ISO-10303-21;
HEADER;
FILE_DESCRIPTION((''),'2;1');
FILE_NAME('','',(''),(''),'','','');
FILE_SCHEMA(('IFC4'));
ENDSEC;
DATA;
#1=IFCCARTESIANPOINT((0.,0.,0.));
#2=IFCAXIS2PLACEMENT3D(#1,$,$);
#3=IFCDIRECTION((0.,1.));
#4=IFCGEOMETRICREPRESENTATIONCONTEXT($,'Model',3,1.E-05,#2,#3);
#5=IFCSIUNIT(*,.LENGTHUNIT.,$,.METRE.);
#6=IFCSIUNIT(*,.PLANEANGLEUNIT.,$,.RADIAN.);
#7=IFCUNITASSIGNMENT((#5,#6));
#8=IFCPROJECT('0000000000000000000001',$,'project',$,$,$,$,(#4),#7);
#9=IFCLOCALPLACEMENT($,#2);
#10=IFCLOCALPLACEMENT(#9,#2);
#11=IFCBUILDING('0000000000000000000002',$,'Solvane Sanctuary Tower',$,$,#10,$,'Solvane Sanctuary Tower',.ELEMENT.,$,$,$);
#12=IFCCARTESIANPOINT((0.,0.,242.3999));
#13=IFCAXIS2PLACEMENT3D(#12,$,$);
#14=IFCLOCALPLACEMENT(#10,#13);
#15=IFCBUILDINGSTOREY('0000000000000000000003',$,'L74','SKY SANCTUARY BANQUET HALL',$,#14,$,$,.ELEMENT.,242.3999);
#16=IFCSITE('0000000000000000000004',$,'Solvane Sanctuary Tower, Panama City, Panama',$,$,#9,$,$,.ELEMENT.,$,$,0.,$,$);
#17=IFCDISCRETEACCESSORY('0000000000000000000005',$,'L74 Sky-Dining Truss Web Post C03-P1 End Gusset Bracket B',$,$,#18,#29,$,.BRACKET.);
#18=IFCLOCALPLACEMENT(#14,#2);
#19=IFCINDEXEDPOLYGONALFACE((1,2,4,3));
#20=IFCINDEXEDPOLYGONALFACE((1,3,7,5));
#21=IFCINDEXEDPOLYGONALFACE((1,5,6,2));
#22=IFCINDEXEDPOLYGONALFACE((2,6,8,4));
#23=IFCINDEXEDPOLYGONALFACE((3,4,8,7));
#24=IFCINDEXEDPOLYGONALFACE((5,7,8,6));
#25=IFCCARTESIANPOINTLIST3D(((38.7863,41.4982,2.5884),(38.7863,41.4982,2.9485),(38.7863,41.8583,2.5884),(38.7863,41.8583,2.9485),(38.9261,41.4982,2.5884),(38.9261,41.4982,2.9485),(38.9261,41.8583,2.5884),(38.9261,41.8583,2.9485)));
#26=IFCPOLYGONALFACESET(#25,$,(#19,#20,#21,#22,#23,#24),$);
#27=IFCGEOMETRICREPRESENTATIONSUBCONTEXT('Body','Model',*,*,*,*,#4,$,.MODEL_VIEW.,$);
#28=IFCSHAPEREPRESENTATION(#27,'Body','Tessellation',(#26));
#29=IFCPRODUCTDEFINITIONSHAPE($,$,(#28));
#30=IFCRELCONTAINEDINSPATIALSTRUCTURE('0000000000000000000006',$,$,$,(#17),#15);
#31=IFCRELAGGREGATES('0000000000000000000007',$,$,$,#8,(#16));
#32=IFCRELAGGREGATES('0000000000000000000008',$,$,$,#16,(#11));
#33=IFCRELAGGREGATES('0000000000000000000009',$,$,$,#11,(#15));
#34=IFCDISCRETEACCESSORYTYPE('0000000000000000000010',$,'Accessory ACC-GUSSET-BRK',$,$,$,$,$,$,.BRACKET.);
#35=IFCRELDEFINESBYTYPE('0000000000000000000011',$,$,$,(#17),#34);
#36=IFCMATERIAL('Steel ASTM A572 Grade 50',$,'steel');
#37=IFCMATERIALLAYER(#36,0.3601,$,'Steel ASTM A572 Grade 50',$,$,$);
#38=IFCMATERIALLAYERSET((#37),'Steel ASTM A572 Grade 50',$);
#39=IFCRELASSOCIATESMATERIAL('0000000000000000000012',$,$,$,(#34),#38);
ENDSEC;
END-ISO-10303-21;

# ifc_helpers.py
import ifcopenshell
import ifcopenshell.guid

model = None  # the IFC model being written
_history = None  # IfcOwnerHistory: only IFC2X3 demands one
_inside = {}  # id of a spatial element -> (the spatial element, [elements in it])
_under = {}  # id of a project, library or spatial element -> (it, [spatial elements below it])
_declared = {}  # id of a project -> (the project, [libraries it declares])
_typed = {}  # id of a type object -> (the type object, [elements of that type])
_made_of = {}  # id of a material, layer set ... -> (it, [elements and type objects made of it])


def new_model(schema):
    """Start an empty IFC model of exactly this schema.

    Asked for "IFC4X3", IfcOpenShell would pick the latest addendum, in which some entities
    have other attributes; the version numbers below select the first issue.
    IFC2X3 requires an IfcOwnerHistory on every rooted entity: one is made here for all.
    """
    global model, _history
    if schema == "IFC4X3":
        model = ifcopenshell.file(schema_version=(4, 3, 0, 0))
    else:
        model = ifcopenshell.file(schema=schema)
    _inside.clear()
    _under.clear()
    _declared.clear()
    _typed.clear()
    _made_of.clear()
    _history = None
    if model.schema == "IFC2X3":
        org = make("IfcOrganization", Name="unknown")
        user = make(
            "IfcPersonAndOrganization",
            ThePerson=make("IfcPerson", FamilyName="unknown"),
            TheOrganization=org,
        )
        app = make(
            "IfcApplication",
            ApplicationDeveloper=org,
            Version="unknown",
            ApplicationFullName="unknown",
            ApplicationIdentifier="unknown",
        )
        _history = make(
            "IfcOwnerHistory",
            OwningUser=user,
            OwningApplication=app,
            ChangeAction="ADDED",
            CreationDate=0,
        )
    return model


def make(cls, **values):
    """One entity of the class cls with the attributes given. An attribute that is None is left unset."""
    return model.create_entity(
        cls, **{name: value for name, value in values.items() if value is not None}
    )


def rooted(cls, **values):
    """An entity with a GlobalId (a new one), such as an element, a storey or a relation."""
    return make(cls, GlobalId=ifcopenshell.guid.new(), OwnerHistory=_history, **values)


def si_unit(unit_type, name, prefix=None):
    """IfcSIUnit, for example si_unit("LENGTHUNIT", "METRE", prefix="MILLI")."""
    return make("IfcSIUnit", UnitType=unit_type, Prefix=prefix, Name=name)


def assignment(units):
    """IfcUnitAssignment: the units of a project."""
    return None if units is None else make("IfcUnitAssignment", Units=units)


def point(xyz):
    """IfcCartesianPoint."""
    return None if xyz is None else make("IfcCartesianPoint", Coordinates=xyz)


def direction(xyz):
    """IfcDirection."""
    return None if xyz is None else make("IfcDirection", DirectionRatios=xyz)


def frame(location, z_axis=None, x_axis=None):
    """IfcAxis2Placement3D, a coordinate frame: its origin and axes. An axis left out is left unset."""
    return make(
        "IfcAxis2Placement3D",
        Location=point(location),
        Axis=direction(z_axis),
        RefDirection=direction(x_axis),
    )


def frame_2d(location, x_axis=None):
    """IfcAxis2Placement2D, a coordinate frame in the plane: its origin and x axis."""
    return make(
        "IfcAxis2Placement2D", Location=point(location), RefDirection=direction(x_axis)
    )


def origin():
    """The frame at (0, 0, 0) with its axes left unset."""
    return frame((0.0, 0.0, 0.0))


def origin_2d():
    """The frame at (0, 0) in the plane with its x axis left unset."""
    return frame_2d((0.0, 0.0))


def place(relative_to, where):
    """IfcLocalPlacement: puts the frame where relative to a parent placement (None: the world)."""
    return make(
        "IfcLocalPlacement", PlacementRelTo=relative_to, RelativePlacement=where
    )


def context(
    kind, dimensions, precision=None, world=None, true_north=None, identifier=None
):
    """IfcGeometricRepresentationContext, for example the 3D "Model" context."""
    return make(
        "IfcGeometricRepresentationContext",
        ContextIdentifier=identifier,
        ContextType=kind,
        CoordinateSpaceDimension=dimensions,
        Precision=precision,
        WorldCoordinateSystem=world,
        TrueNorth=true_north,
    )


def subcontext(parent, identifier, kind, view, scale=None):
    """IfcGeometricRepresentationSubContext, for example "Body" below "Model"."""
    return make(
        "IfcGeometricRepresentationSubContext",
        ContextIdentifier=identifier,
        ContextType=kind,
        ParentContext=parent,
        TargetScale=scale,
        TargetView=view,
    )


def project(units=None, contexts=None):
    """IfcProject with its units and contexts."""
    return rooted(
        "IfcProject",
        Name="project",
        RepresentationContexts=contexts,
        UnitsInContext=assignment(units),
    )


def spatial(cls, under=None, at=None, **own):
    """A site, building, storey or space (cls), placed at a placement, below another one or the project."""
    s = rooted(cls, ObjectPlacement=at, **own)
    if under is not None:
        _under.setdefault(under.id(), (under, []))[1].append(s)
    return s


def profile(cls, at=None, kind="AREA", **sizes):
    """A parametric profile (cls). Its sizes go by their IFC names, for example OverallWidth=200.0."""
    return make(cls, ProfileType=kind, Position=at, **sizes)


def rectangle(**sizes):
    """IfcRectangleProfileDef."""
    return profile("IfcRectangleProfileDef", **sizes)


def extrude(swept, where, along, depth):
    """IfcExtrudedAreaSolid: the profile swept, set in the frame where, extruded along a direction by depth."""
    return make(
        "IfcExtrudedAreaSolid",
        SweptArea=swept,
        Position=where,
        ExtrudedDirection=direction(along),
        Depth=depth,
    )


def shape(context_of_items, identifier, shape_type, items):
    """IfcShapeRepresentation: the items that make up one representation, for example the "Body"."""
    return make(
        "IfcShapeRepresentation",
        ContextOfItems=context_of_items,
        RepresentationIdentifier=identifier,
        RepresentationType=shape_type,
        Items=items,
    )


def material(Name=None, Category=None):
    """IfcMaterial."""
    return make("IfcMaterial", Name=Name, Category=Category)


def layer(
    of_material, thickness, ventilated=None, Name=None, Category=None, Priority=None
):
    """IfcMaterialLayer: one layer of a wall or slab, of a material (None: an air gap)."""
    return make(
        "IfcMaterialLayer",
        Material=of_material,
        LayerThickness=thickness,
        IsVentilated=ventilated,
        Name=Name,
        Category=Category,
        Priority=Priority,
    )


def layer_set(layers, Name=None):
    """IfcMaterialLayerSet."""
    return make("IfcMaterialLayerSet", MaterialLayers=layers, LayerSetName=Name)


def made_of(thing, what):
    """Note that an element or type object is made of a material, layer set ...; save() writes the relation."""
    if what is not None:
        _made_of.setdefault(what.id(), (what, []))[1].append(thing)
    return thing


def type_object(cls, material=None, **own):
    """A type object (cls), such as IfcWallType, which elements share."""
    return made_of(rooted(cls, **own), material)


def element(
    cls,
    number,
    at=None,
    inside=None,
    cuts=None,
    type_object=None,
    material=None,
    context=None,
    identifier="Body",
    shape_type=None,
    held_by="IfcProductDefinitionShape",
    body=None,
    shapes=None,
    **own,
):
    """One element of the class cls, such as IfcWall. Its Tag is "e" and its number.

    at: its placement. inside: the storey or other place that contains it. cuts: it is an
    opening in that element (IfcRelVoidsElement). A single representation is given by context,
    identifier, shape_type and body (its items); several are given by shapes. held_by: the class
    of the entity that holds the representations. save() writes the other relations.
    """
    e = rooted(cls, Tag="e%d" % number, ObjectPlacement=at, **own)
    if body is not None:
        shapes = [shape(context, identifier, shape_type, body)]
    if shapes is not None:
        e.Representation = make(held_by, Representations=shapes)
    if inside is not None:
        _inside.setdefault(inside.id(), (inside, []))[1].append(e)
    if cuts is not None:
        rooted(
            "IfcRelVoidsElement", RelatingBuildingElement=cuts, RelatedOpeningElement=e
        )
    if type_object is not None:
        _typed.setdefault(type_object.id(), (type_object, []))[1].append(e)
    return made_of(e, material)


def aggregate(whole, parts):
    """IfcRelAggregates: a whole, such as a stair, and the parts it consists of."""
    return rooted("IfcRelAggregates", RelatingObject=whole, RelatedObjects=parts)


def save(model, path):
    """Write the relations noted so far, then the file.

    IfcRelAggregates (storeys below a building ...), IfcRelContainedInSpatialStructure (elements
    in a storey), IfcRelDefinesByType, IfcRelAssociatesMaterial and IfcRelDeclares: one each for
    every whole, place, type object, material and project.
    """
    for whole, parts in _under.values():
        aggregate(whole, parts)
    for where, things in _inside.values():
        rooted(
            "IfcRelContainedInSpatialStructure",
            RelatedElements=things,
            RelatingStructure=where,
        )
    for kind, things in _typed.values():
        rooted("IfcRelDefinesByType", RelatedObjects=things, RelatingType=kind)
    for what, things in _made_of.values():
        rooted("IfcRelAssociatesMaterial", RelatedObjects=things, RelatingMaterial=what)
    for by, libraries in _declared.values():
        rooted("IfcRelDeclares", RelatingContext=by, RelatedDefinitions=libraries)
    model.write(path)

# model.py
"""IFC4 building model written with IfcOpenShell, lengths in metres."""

from ifc_helpers import new_model, si_unit, direction, frame, origin, origin_2d, place, context, subcontext, project, spatial, rectangle, extrude, material, layer, layer_set, type_object, element, save


model = new_model("IFC4")

# Units and contexts
model_context = context("Model", 3, precision=1e-05, world=origin(), true_north=direction((0.0, 1.0)))
body_context = subcontext(model_context, "Body", "Model", "MODEL_VIEW")
ifc_project = project(units=[si_unit("LENGTHUNIT", "METRE"), si_unit("PLANEANGLEUNIT", "RADIAN")], contexts=[model_context])

# Site, building, storey
site_placement = place(None, origin())
site = spatial("IfcSite", under=ifc_project, at=site_placement, Name="Solvane Sanctuary Tower, Panama City, Panama", CompositionType="ELEMENT", RefElevation=0.0)
building_placement = place(site_placement, origin())
building = spatial("IfcBuilding", under=site, at=building_placement, Name="Solvane Sanctuary Tower", LongName="Solvane Sanctuary Tower", CompositionType="ELEMENT")
storey_placement = place(building_placement, frame((0.0, 0.0, 242.3999)))
storey = spatial("IfcBuildingStorey", under=building, at=storey_placement, Name="L74", Description="SKY SANCTUARY BANQUET HALL", CompositionType="ELEMENT", Elevation=242.3999)

# Discrete accessory
ifc_material_1 = material(Name="Steel ASTM A572 Grade 50", Category="steel")
ifc_layer_1 = layer(ifc_material_1, 0.3601, Name="Steel ASTM A572 Grade 50")
ifc_layer_set_1 = layer_set([ifc_layer_1], Name="Steel ASTM A572 Grade 50")
discrete_accessory_type = type_object("IfcDiscreteAccessoryType", Name="Accessory ACC-GUSSET-BRK", PredefinedType="BRACKET", material=ifc_layer_set_1)
for number, where, z_axis, x_axis, name in (
    (1, (38.8562, 41.6782, 2.5884), (0.0, 0.0, 1.0), (0.0, 1.0, 0.0), "L74 Sky-Dining Truss Web Post C03-P1 End Gusset Bracket B"),
):
    element("IfcDiscreteAccessory", number, at=place(storey_placement, frame(where, z_axis=z_axis, x_axis=x_axis)), inside=storey, type_object=discrete_accessory_type, Name=name, PredefinedType="BRACKET", context=body_context, shape_type="SweptSolid", body=[
        extrude(rectangle(XDim=0.3601, YDim=0.1399, at=origin_2d()), origin(), (0.0, 0.0, 1.0), 0.3601),
    ])

save(model, "model.ifc")
